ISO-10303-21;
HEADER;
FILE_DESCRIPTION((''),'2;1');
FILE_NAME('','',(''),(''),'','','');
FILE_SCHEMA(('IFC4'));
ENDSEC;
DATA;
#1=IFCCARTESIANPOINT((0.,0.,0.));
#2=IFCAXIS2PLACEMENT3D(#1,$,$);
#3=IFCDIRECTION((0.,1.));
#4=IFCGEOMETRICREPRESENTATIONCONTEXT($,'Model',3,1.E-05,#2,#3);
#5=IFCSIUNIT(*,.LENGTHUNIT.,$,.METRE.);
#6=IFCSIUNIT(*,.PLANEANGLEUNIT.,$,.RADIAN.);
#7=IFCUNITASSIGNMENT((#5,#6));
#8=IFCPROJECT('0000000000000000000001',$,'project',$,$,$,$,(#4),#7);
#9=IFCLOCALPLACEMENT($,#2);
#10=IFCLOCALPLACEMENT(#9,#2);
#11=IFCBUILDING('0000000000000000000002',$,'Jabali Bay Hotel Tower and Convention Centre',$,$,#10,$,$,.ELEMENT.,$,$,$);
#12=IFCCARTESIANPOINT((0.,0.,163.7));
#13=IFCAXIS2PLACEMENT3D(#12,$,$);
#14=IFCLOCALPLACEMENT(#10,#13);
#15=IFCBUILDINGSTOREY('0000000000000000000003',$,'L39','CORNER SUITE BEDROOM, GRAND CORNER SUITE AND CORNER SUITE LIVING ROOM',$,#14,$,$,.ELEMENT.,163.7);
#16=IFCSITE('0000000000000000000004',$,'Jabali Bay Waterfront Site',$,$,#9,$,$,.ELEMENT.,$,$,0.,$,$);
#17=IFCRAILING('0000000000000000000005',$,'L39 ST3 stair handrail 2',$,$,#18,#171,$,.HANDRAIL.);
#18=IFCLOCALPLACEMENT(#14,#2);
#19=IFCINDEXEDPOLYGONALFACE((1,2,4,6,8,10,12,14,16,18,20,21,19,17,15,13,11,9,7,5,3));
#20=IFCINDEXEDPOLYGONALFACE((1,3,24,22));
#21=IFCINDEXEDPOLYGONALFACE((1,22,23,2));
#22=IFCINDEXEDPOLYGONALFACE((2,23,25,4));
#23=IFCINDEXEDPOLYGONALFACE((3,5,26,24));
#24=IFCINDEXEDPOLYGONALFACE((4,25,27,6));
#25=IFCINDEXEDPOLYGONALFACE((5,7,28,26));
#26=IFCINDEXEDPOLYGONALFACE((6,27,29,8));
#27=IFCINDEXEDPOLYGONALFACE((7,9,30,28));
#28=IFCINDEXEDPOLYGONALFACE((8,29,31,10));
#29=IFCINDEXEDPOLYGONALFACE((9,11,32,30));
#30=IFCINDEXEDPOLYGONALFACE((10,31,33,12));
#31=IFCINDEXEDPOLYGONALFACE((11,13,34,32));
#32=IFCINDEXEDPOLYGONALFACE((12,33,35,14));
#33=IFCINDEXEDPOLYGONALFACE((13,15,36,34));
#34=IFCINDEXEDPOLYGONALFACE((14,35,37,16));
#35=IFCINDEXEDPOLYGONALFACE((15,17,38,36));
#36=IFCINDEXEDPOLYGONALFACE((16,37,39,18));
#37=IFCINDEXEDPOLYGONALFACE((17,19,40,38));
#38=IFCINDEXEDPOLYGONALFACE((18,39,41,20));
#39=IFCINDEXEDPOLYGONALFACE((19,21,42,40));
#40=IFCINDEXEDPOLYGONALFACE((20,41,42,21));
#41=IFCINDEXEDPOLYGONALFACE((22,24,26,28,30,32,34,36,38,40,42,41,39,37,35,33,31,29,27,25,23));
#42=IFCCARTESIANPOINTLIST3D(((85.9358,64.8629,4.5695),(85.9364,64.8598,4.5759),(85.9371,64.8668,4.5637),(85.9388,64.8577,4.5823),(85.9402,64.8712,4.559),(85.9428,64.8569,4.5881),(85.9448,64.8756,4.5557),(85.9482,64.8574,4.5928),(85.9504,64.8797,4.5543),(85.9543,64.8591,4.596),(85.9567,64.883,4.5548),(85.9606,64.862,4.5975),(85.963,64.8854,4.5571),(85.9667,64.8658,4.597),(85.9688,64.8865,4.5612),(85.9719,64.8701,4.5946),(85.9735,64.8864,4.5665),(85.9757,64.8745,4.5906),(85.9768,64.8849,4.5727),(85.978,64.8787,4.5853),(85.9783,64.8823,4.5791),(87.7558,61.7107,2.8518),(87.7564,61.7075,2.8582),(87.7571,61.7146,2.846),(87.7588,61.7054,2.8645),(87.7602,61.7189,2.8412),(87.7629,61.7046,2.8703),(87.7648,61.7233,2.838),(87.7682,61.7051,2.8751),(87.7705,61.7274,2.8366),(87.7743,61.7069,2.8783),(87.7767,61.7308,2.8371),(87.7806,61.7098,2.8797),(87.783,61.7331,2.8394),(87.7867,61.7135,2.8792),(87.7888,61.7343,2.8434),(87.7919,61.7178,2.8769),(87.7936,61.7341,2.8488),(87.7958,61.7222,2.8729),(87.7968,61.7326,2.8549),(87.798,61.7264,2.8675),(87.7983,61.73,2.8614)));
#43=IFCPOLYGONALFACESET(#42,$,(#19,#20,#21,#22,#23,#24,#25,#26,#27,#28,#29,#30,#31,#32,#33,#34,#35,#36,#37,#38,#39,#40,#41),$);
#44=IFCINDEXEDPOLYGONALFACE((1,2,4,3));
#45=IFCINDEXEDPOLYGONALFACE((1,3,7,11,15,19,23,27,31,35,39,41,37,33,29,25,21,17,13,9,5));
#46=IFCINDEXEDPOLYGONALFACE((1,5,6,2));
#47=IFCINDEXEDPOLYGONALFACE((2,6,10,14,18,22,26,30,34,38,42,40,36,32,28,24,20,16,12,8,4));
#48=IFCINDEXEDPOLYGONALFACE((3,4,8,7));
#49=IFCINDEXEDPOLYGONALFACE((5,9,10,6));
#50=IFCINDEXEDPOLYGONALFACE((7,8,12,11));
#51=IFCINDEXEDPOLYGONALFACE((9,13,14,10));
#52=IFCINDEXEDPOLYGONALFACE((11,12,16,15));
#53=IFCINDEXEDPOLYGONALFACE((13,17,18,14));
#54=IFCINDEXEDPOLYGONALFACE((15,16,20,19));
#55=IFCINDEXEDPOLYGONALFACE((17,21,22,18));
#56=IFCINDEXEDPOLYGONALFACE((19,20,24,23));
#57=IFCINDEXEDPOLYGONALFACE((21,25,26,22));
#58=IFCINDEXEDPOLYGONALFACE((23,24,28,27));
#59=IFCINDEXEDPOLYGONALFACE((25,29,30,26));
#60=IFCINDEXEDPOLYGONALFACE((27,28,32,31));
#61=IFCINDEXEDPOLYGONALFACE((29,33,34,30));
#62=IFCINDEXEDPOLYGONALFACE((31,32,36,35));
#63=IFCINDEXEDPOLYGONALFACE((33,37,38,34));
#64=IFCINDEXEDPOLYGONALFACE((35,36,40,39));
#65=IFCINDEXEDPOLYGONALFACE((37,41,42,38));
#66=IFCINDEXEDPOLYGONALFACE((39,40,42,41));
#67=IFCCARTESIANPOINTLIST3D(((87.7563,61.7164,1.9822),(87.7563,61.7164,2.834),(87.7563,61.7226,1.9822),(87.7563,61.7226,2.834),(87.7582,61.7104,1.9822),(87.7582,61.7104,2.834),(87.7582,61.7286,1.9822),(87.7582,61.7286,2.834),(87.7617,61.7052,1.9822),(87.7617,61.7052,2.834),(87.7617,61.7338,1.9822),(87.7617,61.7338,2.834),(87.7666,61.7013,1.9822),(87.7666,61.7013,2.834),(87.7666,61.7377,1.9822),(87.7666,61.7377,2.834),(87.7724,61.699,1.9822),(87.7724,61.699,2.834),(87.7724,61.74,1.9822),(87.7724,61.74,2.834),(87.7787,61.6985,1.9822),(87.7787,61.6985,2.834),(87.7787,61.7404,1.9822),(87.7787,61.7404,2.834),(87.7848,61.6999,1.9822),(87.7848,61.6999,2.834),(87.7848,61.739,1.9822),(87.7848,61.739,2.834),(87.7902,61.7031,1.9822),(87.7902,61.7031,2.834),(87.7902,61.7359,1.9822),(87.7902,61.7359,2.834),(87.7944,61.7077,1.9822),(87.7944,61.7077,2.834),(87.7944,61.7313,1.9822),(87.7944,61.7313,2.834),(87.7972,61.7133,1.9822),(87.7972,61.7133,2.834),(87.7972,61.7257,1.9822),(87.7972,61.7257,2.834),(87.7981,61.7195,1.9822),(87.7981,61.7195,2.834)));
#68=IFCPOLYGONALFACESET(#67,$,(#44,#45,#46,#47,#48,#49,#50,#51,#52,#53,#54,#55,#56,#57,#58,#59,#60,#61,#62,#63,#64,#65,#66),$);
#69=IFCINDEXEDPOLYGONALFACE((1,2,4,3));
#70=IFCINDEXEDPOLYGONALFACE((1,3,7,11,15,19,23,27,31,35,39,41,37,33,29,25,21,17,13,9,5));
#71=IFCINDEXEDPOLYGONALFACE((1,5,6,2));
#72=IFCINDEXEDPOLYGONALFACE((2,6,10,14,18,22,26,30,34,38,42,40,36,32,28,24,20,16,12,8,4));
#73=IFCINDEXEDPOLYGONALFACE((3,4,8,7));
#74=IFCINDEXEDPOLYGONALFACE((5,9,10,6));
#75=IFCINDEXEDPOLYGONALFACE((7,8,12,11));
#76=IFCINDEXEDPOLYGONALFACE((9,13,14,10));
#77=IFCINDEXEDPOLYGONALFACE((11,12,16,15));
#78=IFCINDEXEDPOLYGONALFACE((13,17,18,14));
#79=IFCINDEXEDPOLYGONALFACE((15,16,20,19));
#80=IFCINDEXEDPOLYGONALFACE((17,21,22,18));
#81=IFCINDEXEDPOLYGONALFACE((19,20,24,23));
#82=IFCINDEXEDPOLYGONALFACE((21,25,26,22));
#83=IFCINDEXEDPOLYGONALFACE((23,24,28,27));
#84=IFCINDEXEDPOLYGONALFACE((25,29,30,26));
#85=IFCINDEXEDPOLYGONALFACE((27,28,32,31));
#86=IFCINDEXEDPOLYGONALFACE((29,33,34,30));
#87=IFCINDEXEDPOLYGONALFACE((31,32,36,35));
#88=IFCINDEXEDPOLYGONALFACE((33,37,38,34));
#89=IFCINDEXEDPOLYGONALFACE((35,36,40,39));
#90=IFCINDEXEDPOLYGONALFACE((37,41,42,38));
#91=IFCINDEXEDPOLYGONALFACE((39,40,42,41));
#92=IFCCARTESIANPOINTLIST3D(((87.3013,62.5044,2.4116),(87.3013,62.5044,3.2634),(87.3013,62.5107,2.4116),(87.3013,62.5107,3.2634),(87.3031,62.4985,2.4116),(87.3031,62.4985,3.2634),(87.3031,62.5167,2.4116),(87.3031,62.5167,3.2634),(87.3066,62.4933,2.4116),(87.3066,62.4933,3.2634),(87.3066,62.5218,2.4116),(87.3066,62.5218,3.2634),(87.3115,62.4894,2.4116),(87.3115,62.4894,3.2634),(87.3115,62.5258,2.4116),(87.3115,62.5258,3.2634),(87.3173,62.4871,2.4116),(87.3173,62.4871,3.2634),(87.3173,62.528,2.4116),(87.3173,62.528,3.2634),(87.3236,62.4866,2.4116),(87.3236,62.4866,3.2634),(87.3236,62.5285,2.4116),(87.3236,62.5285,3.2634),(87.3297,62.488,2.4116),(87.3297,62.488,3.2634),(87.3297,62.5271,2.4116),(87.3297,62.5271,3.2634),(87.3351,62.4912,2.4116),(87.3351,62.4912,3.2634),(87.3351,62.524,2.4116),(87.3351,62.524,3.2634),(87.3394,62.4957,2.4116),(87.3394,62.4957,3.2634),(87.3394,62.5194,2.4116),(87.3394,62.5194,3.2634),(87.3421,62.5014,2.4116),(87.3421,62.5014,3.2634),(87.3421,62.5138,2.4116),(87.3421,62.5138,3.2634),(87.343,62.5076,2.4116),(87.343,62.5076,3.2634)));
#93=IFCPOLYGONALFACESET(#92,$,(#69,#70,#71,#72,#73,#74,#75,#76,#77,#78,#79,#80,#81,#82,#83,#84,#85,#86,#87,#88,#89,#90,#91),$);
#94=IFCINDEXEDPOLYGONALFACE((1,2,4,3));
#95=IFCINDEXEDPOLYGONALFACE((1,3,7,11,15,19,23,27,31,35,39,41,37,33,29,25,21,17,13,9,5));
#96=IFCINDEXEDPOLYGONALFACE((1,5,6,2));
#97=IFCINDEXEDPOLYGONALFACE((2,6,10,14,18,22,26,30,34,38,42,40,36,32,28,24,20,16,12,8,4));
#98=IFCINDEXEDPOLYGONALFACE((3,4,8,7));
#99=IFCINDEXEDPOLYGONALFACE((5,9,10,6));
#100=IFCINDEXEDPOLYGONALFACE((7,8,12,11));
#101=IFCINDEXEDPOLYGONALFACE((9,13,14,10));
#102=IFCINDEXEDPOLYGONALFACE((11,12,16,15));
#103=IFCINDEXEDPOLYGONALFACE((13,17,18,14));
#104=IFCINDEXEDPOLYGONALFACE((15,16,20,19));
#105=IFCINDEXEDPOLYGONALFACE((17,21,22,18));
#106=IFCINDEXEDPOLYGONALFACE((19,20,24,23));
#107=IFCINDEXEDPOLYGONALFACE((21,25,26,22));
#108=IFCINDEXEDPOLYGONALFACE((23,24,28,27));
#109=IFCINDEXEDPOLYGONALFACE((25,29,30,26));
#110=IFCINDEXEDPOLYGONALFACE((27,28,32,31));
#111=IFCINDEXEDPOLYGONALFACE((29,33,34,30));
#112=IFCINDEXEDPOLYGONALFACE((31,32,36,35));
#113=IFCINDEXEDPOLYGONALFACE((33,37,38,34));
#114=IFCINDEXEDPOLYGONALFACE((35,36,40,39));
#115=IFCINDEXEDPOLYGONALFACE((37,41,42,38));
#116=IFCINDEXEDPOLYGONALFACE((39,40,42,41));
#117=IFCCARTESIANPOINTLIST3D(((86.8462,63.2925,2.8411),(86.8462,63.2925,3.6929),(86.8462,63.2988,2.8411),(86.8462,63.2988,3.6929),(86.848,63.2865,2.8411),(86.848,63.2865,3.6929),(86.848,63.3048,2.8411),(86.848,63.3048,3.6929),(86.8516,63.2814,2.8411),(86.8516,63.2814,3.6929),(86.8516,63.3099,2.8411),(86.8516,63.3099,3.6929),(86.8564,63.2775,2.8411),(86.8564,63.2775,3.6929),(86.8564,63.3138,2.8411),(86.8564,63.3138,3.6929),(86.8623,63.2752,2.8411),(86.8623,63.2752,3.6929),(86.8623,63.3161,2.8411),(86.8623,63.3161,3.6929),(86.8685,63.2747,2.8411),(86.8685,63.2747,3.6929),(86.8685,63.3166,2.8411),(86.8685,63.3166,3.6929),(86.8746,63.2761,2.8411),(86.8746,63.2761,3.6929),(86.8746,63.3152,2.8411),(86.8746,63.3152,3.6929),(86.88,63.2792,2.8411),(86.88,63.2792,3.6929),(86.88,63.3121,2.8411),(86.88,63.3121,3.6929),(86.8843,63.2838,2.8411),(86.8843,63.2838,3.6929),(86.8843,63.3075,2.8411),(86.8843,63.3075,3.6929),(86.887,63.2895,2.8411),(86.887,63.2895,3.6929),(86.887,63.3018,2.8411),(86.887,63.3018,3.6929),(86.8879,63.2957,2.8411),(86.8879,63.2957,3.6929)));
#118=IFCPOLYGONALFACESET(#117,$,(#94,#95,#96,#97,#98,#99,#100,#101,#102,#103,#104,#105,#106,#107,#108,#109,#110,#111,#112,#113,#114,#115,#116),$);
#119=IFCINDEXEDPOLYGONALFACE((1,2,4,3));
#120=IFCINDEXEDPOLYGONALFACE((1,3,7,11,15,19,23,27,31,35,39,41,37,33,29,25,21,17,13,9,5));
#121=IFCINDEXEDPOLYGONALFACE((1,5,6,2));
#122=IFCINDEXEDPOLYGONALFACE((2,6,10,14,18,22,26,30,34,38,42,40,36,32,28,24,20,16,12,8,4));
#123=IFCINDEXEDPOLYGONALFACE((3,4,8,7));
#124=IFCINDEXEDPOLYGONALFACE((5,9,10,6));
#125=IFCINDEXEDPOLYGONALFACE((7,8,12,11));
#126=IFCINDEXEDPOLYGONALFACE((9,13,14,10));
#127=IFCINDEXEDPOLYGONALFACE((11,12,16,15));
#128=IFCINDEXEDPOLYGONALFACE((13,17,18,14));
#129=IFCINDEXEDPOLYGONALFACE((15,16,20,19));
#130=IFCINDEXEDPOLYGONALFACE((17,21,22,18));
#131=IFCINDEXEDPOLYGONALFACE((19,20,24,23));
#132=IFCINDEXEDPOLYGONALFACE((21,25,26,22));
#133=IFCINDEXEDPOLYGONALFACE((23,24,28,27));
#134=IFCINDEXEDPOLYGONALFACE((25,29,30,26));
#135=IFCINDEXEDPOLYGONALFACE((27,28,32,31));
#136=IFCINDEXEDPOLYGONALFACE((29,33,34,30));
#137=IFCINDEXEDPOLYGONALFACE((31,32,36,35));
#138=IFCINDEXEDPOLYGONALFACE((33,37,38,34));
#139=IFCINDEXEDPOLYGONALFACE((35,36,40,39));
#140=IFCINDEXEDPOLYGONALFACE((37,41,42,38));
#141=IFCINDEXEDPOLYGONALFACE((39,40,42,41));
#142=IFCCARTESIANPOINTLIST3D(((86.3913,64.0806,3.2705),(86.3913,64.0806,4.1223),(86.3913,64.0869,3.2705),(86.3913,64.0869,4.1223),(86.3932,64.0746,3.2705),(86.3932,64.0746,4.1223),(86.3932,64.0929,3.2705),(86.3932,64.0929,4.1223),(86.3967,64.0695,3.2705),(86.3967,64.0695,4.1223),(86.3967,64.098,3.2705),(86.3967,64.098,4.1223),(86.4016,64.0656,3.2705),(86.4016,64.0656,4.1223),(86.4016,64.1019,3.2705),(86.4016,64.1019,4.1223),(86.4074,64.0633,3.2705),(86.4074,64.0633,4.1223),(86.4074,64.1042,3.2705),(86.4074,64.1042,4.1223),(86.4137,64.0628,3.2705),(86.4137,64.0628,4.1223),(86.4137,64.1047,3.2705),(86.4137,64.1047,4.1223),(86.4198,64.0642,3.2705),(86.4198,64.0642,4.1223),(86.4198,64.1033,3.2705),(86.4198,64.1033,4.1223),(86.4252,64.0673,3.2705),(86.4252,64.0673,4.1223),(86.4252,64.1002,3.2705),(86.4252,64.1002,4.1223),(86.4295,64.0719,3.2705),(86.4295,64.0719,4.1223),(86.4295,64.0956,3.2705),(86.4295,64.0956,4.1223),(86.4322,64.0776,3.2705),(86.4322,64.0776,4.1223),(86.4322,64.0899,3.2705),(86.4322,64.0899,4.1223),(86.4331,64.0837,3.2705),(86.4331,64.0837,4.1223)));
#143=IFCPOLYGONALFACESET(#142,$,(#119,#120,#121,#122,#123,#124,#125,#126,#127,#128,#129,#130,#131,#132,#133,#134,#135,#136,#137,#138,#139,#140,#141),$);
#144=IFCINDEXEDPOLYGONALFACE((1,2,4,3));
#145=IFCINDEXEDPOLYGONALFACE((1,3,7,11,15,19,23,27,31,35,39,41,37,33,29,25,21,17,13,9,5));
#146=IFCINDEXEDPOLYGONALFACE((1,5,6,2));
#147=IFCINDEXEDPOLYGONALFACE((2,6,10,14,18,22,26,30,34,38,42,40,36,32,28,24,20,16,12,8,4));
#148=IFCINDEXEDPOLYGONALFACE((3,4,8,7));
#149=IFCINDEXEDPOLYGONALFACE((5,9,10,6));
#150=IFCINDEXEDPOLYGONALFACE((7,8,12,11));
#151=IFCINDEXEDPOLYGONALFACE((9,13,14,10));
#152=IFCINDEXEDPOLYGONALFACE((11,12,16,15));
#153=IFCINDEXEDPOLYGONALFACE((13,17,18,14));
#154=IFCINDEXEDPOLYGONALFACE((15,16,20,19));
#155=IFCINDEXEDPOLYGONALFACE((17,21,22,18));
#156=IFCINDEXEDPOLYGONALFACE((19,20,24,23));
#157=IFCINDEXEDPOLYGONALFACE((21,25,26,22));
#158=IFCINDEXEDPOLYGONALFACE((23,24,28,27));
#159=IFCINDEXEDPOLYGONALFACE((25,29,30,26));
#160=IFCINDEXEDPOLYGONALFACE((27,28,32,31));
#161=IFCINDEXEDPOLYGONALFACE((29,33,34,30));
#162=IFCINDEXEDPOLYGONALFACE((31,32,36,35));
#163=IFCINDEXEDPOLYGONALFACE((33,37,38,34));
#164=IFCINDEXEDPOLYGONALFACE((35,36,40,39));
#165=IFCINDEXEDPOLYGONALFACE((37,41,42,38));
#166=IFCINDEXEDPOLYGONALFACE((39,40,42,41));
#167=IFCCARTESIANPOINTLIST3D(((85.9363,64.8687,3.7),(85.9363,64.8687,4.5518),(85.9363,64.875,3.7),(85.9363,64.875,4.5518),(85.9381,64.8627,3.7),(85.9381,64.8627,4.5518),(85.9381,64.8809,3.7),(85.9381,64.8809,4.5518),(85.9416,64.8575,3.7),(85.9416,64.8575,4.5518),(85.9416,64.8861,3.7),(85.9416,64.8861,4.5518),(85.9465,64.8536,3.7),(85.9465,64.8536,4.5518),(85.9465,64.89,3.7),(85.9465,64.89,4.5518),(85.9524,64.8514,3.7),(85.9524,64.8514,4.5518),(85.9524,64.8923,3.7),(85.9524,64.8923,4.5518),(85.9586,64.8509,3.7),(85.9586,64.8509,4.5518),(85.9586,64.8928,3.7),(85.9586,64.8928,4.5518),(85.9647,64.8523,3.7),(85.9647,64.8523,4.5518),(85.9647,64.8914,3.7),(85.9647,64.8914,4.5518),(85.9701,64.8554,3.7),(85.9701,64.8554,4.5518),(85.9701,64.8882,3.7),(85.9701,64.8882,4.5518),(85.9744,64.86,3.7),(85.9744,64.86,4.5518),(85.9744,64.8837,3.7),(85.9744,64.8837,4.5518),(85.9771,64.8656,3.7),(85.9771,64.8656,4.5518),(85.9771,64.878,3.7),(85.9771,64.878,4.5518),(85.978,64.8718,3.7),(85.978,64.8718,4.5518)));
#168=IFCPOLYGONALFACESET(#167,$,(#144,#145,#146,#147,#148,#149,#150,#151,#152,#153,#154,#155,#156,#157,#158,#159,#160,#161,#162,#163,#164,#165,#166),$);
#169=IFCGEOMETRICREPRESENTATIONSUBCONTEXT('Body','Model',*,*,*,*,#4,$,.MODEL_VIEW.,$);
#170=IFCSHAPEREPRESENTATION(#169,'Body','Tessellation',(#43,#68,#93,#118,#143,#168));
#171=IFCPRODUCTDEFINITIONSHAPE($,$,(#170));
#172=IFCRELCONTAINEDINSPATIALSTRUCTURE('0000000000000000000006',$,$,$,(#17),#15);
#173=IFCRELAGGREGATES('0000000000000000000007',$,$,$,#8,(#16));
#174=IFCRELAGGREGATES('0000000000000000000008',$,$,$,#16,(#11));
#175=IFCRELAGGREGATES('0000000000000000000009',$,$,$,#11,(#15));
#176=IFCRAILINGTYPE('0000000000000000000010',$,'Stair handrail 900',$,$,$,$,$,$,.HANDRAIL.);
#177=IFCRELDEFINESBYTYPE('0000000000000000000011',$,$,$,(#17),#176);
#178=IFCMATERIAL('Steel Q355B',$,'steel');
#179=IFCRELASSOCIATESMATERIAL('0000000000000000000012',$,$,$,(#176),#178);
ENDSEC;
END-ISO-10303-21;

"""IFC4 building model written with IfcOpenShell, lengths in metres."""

from ifc_helpers import new_model, si_unit, direction, frame, origin, origin_2d, place, context, subcontext, project, spatial, circle, extrude, material, type_object, element, save


model = new_model("IFC4")

# Units and contexts
model_context = context("Model", 3, precision=1e-05, world=origin(), true_north=direction((0.0, 1.0)))
body_context = subcontext(model_context, "Body", "Model", "MODEL_VIEW")
ifc_project = project(units=[si_unit("LENGTHUNIT", "METRE"), si_unit("PLANEANGLEUNIT", "RADIAN")], contexts=[model_context])

# Site, building, storey
site_placement = place(None, origin())
site = spatial("IfcSite", under=ifc_project, at=site_placement, Name="Jabali Bay Waterfront Site", CompositionType="ELEMENT", RefElevation=0.0)
building_placement = place(site_placement, origin())
building = spatial("IfcBuilding", under=site, at=building_placement, Name="Jabali Bay Hotel Tower and Convention Centre", CompositionType="ELEMENT")
storey_placement = place(building_placement, frame((0.0, 0.0, 163.7)))
storey = spatial("IfcBuildingStorey", under=building, at=storey_placement, Name="L39", Description="CORNER SUITE BEDROOM, GRAND CORNER SUITE AND CORNER SUITE LIVING ROOM", CompositionType="ELEMENT", Elevation=163.7)

# Railing
ifc_material_1 = material(Name="Steel Q355B", Category="steel")
railing_type_1 = type_object("IfcRailingType", Name="Stair handrail 900", PredefinedType="HANDRAIL", material=ifc_material_1)
railing_1_placement = place(storey_placement, frame((87.7771, 61.7195, 1.9822)))
element("IfcRailing", 1, at=railing_1_placement, inside=storey, type_object=railing_type_1, Name="L39 ST3 stair handrail 2", PredefinedType="HANDRAIL", context=body_context, shape_type="SweptSolid", body=[
    extrude(circle(Radius=0.0239, at=origin_2d()), frame((0.0, 0.0, 0.876), z_axis=(-0.45219, 0.78319, 0.426775), x_axis=(-0.866018, -0.500013, 0.0)), (0.0, 0.0, 1.0), 4.0249),
    extrude(circle(Radius=0.021, at=origin_2d()), origin(), (0.0, 0.0, 1.0), 0.8518),
    extrude(circle(Radius=0.021, at=origin_2d()), frame((-0.4551, 0.7881, 0.4294)), (0.0, 0.0, 1.0), 0.8518),
    extrude(circle(Radius=0.021, at=origin_2d()), frame((-0.9102, 1.5762, 0.8589)), (0.0, 0.0, 1.0), 0.8518),
    extrude(circle(Radius=0.021, at=origin_2d()), frame((-1.365, 2.3643, 1.2883)), (0.0, 0.0, 1.0), 0.8518),
    extrude(circle(Radius=0.021, at=origin_2d()), frame((-1.8201, 3.1523, 1.7178)), (0.0, 0.0, 1.0), 0.8518),
])

save(model, "model.ifc")
